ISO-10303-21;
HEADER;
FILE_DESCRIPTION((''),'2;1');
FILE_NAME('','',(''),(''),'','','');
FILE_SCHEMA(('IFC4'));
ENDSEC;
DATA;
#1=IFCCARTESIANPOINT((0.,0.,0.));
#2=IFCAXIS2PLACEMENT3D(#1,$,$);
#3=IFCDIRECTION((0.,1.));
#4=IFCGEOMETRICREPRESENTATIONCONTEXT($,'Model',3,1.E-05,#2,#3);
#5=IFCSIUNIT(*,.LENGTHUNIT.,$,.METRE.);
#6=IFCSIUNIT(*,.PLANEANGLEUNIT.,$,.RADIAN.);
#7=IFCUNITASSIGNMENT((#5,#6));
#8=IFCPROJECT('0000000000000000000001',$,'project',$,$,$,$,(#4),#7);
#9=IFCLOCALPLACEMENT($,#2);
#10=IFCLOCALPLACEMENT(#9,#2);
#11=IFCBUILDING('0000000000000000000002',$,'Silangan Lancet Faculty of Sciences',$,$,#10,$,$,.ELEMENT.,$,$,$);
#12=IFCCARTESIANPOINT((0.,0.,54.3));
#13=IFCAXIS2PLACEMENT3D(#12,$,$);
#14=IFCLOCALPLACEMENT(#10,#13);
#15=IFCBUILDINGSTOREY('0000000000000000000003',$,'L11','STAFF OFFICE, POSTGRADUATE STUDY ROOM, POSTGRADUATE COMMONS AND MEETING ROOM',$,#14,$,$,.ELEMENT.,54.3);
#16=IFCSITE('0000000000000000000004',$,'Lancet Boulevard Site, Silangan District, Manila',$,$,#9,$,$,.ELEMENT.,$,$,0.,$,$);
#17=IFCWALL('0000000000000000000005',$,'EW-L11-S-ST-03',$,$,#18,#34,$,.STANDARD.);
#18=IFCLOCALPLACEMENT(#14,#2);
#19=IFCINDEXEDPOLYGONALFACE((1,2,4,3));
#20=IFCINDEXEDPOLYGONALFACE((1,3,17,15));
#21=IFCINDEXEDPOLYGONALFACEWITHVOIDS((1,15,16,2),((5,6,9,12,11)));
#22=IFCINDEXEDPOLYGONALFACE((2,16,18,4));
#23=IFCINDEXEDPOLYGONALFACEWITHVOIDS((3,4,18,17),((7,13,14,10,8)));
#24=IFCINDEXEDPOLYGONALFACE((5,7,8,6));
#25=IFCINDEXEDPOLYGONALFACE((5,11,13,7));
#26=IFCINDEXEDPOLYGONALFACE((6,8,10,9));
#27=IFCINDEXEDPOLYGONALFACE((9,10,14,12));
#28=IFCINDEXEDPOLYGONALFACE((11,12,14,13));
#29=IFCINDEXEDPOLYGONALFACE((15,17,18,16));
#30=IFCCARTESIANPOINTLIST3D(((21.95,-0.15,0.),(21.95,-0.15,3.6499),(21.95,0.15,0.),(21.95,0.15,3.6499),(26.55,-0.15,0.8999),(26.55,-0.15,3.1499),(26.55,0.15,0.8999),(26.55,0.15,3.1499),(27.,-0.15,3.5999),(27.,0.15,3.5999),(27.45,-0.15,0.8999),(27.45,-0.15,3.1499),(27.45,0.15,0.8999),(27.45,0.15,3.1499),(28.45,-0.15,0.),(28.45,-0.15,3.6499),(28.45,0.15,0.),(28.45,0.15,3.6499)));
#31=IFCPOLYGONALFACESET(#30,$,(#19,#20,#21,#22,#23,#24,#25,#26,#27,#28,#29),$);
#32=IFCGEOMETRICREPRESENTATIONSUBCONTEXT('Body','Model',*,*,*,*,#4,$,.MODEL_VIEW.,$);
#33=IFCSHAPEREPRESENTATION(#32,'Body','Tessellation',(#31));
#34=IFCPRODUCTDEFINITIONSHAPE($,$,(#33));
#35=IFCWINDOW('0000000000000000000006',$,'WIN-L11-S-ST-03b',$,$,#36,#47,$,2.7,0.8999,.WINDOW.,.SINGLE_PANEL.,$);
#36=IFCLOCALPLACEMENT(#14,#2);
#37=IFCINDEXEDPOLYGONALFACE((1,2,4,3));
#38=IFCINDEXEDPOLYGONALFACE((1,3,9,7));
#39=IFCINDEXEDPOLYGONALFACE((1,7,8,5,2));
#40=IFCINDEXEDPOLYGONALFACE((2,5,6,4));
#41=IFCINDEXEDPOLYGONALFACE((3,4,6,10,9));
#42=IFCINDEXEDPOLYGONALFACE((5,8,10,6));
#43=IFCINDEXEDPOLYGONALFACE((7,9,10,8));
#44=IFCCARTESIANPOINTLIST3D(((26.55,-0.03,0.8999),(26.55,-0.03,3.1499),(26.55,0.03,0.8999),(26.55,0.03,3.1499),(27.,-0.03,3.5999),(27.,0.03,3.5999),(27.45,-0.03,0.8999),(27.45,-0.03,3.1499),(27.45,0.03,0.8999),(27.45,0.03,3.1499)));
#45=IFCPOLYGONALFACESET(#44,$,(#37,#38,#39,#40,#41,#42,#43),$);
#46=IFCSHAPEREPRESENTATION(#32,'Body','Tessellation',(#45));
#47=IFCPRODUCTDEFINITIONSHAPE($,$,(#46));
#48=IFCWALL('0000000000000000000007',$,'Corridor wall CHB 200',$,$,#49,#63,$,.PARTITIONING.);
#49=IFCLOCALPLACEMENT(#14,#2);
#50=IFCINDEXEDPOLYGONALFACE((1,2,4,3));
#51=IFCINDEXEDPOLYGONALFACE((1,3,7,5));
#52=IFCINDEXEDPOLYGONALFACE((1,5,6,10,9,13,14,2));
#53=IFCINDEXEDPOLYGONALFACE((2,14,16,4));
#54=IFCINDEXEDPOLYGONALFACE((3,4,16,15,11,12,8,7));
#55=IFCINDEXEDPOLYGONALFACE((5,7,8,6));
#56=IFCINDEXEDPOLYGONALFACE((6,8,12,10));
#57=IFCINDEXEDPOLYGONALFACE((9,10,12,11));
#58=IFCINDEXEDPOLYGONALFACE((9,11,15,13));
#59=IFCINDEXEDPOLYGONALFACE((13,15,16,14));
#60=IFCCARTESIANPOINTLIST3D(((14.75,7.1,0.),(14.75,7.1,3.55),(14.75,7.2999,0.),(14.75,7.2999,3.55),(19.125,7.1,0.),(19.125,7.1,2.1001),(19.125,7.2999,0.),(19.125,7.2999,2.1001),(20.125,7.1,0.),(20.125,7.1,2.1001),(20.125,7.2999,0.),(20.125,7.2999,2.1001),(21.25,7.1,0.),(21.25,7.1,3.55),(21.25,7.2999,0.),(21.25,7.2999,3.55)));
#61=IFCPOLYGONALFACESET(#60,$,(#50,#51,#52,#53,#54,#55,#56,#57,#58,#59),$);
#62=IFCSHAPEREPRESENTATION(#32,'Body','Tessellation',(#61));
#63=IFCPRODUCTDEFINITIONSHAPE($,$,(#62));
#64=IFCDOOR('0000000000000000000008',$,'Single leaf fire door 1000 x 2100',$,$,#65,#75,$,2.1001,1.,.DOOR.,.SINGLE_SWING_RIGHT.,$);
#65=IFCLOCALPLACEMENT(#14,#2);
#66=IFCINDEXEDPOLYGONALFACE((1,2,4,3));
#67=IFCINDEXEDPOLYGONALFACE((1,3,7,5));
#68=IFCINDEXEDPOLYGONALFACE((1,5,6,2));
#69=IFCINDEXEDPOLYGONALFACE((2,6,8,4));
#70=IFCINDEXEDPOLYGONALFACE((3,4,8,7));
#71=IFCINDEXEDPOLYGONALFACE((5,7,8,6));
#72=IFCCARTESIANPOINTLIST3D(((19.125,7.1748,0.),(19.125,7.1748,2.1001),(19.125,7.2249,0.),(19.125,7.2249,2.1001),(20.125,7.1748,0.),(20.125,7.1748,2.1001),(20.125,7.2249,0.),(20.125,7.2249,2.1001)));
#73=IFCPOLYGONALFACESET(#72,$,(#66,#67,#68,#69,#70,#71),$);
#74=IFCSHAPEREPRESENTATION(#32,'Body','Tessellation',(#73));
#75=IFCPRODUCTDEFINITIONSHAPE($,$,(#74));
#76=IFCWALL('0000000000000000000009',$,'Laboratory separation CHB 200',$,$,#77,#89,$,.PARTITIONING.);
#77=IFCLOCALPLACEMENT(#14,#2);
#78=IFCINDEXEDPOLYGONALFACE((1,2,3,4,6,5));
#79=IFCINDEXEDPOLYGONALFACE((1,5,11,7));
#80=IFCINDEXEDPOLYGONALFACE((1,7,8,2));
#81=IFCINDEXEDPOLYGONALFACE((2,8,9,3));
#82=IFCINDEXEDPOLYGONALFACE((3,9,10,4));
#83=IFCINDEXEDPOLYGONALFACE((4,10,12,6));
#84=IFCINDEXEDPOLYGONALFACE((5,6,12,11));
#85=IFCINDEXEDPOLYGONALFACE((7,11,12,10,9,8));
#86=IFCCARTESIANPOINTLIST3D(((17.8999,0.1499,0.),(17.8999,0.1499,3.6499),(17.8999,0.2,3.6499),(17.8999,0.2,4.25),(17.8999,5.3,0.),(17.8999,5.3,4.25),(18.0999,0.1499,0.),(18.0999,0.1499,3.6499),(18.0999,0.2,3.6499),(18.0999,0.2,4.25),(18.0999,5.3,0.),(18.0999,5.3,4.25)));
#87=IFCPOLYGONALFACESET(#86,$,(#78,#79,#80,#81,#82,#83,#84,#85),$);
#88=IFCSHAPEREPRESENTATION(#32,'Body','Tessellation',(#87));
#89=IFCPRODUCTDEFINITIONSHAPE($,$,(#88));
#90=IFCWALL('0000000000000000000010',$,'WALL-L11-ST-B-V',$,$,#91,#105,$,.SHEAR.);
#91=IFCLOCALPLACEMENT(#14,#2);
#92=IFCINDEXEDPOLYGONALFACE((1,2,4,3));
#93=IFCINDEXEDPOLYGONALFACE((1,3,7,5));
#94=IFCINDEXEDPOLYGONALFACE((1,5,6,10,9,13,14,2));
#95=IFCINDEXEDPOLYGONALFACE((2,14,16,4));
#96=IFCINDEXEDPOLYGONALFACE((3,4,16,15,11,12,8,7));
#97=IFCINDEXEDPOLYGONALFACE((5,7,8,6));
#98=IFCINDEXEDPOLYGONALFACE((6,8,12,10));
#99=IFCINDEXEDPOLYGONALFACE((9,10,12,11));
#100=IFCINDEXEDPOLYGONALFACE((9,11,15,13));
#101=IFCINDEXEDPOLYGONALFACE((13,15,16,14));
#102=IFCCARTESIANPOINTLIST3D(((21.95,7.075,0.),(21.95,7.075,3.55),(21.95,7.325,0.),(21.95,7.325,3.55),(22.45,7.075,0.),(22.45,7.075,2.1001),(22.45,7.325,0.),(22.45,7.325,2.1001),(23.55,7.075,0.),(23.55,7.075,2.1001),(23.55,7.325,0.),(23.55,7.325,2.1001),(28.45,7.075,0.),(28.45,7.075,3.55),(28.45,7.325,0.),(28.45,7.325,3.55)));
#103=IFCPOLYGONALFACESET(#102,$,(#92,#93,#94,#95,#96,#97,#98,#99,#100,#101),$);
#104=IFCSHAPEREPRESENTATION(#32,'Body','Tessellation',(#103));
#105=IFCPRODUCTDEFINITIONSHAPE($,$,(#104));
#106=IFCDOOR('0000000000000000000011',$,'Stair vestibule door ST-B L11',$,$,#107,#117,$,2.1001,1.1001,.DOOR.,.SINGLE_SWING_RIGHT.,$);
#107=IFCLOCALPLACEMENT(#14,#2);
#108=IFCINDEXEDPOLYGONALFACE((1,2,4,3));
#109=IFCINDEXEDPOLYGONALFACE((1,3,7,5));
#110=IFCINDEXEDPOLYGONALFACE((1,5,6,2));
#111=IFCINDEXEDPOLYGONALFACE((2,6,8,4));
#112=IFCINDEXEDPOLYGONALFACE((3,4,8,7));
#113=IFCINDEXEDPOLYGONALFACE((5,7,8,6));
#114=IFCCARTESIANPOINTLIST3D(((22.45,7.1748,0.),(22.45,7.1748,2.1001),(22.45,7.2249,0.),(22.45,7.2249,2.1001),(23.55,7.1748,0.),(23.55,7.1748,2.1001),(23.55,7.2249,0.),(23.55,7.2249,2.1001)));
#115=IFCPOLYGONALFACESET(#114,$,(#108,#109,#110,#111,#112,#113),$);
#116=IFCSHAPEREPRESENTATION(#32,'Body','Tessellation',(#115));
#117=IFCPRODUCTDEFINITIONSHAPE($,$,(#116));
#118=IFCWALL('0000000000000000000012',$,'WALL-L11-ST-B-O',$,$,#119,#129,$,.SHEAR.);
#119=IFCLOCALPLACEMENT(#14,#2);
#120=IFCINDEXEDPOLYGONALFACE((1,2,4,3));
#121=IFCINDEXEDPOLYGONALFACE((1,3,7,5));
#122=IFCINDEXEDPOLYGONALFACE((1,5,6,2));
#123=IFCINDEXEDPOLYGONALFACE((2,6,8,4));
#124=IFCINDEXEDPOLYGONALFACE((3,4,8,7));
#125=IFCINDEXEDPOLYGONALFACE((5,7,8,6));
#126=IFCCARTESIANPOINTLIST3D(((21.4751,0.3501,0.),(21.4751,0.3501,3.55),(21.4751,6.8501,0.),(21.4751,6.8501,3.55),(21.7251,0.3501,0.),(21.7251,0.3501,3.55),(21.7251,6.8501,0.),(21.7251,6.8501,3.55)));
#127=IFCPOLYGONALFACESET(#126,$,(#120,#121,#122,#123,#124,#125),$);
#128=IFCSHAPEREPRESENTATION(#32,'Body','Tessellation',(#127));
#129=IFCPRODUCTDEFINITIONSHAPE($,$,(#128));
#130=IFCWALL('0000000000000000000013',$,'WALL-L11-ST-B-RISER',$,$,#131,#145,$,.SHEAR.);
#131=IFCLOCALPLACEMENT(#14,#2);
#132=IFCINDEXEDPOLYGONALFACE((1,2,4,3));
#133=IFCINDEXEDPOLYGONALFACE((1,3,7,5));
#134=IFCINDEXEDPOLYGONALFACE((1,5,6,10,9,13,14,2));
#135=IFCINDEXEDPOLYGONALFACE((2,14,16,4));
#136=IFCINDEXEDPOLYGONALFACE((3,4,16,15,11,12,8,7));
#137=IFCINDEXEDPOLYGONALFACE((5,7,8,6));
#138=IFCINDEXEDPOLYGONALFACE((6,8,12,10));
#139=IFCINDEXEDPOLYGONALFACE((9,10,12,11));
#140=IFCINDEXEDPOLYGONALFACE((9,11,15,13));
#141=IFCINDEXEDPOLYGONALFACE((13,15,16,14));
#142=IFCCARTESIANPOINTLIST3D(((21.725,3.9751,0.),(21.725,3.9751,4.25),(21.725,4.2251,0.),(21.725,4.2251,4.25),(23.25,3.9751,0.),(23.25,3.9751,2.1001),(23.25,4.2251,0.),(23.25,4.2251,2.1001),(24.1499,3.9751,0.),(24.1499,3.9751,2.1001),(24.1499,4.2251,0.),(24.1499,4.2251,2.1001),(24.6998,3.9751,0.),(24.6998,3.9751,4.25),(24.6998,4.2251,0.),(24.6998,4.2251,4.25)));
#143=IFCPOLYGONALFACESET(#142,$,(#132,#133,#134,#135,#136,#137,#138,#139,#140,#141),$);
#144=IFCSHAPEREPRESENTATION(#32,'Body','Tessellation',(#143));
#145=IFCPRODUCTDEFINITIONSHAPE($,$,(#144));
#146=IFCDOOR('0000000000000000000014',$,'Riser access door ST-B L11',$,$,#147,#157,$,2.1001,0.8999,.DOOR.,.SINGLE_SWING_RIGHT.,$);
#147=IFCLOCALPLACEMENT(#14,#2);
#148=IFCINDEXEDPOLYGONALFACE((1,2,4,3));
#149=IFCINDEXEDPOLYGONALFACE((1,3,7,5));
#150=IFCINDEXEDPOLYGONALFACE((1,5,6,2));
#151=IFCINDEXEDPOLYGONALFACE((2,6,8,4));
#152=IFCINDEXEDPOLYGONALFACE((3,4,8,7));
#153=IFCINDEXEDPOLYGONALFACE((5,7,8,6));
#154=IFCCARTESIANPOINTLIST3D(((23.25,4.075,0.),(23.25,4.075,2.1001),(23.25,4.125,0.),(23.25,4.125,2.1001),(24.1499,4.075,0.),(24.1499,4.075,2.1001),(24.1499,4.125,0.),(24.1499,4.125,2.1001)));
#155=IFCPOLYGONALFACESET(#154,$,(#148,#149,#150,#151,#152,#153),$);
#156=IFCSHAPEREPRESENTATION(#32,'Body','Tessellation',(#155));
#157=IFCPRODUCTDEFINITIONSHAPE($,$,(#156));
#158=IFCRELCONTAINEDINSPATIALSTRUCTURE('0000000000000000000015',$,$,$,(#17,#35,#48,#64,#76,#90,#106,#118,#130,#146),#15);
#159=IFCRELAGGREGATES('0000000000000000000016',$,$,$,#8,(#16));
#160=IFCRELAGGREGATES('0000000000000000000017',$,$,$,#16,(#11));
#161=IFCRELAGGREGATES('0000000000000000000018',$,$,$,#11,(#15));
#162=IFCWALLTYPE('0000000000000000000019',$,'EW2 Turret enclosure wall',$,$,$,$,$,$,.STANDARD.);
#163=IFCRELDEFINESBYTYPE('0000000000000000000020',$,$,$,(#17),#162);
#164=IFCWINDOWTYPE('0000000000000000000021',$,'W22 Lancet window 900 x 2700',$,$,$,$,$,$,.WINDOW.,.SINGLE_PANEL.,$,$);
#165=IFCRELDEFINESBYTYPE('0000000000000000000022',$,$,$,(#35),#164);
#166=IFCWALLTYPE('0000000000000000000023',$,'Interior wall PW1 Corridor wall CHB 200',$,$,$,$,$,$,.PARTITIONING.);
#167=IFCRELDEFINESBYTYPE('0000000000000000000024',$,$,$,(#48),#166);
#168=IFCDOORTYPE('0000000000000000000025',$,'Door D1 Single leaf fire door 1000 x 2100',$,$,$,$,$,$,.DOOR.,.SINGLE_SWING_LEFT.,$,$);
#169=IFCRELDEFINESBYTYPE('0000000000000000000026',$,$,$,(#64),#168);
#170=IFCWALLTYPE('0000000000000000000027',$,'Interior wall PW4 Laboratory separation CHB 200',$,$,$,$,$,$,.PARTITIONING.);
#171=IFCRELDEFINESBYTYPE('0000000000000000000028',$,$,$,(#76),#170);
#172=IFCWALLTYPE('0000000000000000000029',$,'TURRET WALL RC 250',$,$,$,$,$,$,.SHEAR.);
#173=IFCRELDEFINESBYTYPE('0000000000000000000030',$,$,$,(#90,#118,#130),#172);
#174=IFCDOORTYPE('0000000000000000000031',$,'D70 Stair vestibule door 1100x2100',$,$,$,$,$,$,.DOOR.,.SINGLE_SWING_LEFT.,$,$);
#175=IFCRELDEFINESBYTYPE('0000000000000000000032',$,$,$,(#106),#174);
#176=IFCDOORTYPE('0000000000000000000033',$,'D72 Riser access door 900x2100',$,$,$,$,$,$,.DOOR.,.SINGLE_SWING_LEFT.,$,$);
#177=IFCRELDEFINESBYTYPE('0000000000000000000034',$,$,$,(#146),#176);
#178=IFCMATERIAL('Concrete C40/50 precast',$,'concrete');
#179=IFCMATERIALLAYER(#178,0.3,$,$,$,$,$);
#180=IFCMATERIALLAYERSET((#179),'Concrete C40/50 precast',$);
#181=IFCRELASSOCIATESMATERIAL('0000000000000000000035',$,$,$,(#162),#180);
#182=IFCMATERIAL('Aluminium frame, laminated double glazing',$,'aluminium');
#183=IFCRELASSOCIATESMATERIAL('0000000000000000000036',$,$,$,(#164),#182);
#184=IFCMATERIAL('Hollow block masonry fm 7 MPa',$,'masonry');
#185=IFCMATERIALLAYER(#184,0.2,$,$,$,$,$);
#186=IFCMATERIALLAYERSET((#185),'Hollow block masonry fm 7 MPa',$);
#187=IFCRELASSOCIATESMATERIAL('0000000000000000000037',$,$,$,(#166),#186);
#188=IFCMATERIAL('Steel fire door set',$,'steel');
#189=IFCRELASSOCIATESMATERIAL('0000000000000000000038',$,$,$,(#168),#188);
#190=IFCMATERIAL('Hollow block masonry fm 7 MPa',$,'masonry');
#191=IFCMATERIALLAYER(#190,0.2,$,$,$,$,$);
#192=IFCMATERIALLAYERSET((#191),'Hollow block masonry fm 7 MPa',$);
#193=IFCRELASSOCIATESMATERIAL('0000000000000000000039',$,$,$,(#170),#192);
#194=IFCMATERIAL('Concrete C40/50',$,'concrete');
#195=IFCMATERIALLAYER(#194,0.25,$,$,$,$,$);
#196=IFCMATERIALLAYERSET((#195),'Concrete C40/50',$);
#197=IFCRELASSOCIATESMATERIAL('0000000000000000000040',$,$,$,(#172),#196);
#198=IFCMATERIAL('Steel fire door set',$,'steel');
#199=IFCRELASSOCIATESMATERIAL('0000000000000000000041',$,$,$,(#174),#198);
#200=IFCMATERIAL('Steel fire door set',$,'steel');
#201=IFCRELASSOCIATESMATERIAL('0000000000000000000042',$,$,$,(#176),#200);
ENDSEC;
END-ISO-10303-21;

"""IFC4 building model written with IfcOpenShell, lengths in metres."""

from ifc_helpers import new_model, si_unit, direction, frame, frame_2d, origin, place, context, subcontext, project, spatial, polyline, rectangle, outline, extrude, material, layer, layer_set, type_object, element, fill, save


model = new_model("IFC4")

# Units and contexts
model_context = context("Model", 3, precision=1e-05, world=origin(), true_north=direction((0.0, 1.0)))
body_context = subcontext(model_context, "Body", "Model", "MODEL_VIEW")
ifc_project = project(units=[si_unit("LENGTHUNIT", "METRE"), si_unit("PLANEANGLEUNIT", "RADIAN")], contexts=[model_context])

# Site, building, storey
site_placement = place(None, origin())
site = spatial("IfcSite", under=ifc_project, at=site_placement, Name="Lancet Boulevard Site, Silangan District, Manila", CompositionType="ELEMENT", RefElevation=0.0)
building_placement = place(site_placement, origin())
building = spatial("IfcBuilding", under=site, at=building_placement, Name="Silangan Lancet Faculty of Sciences", CompositionType="ELEMENT")
storey_placement = place(building_placement, frame((0.0, 0.0, 54.3)))
storey = spatial("IfcBuildingStorey", under=building, at=storey_placement, Name="L11", Description="STAFF OFFICE, POSTGRADUATE STUDY ROOM, POSTGRADUATE COMMONS AND MEETING ROOM", CompositionType="ELEMENT", Elevation=54.3)

# Wall, opening, window
ifc_material_1 = material(Name="Concrete C40/50 precast", Category="concrete")
ifc_layer_1 = layer(ifc_material_1, 0.3)
ifc_layer_set_1 = layer_set([ifc_layer_1], Name="Concrete C40/50 precast")
wall_type_1 = type_object("IfcWallType", Name="EW2 Turret enclosure wall", PredefinedType="STANDARD", material=ifc_layer_set_1)
wall_1_placement = place(storey_placement, frame((21.95, 0.0, 0.0), z_axis=(0.0, 0.0, 1.0), x_axis=(1.0, 0.0, 0.0)))
wall_1 = element("IfcWall", 1, at=wall_1_placement, inside=storey, type_object=wall_type_1, Name="EW-L11-S-ST-03", PredefinedType="STANDARD", context=body_context, shape_type="SweptSolid", body=[
    extrude(rectangle(XDim=6.5, YDim=0.3, at=frame_2d((3.25, 0.0))), origin(), (0.0, 0.0, 1.0), 3.6499),
])
opening_1_placement = place(wall_1_placement, frame((4.6001, 0.0, 0.8999)))
opening_1 = element("IfcOpeningElement", 2, at=opening_1_placement, cuts=wall_1, PredefinedType="OPENING", context=body_context, shape_type="SweptSolid", body=[
    extrude(outline(polyline([(0.0, 0.0), (0.8999, 0.0), (0.8999, 2.25), (0.45, 2.7), (0.0, 2.25), (0.0, 0.0)])), frame((0.0, 0.1599, 0.0), z_axis=(0.0, -1.0, 0.0), x_axis=(1.0, 0.0, 0.0)), (0.0, 0.0, 1.0), 0.3201),
])
ifc_material_2 = material(Name="Aluminium frame, laminated double glazing", Category="aluminium")
window_type_1 = type_object("IfcWindowType", Name="W22 Lancet window 900 x 2700", PartitioningType="SINGLE_PANEL", PredefinedType="WINDOW", material=ifc_material_2)
window_1_placement = place(opening_1_placement, origin())
window_1 = element("IfcWindow", 3, at=window_1_placement, inside=storey, type_object=window_type_1, Name="WIN-L11-S-ST-03b", OverallHeight=2.7, OverallWidth=0.8999, PartitioningType="SINGLE_PANEL", PredefinedType="WINDOW", context=body_context, shape_type="SweptSolid", body=[
    extrude(outline(polyline([(0.0, 0.0), (0.8999, 0.0), (0.8999, 2.25), (0.45, 2.7), (0.0, 2.25), (0.0, 0.0)])), frame((0.0, 0.03, 0.0), z_axis=(0.0, -1.0, 0.0), x_axis=(1.0, 0.0, 0.0)), (0.0, 0.0, 1.0), 0.0601),
])
fill(opening_1, window_1)

# Wall, opening, door
ifc_material_3 = material(Name="Hollow block masonry fm 7 MPa", Category="masonry")
ifc_layer_2 = layer(ifc_material_3, 0.2)
ifc_layer_set_2 = layer_set([ifc_layer_2], Name="Hollow block masonry fm 7 MPa")
wall_type_2 = type_object("IfcWallType", Name="Interior wall PW1 Corridor wall CHB 200", PredefinedType="PARTITIONING", material=ifc_layer_set_2)
wall_2_placement = place(storey_placement, frame((14.75, 7.2, 0.0), z_axis=(0.0, 0.0, 1.0), x_axis=(1.0, 0.0, 0.0)))
wall_2 = element("IfcWall", 4, at=wall_2_placement, inside=storey, type_object=wall_type_2, Name="Corridor wall CHB 200", PredefinedType="PARTITIONING", context=body_context, shape_type="SweptSolid", body=[
    extrude(rectangle(XDim=6.5, YDim=0.2, at=frame_2d((3.25, 0.0))), origin(), (0.0, 0.0, 1.0), 3.55),
])
opening_2_placement = place(wall_2_placement, frame((4.375, 0.0, 0.0)))
opening_2 = element("IfcOpeningElement", 5, at=opening_2_placement, cuts=wall_2, PredefinedType="OPENING", context=body_context, shape_type="SweptSolid", body=[
    extrude(rectangle(XDim=1.0, YDim=2.1001, at=frame_2d((0.5, 1.05))), frame((0.0, 0.1099, 0.0), z_axis=(0.0, -1.0, 0.0), x_axis=(1.0, 0.0, 0.0)), (0.0, 0.0, 1.0), 0.22),
])
ifc_material_4 = material(Name="Steel fire door set", Category="steel")
door_type_1 = type_object("IfcDoorType", Name="Door D1 Single leaf fire door 1000 x 2100", OperationType="SINGLE_SWING_LEFT", PredefinedType="DOOR", material=ifc_material_4)
door_1_placement = place(opening_2_placement, frame((1.0, 0.0, 0.0), z_axis=(0.0, 0.0, 1.0), x_axis=(-1.0, 0.0, 0.0)))
door_1 = element("IfcDoor", 6, at=door_1_placement, inside=storey, type_object=door_type_1, Name="Single leaf fire door 1000 x 2100", OperationType="SINGLE_SWING_RIGHT", OverallHeight=2.1001, OverallWidth=1.0, PredefinedType="DOOR", context=body_context, shape_type="SweptSolid", body=[
    extrude(rectangle(XDim=1.0, YDim=2.1001, at=frame_2d((0.5, 1.05))), frame((0.0, 0.0251, 0.0), z_axis=(0.0, -1.0, 0.0), x_axis=(1.0, 0.0, 0.0)), (0.0, 0.0, 1.0), 0.05),
])
fill(opening_2, door_1)

# Wall
ifc_material_5 = material(Name="Hollow block masonry fm 7 MPa", Category="masonry")
ifc_layer_3 = layer(ifc_material_5, 0.2)
ifc_layer_set_3 = layer_set([ifc_layer_3], Name="Hollow block masonry fm 7 MPa")
wall_type_3 = type_object("IfcWallType", Name="Interior wall PW4 Laboratory separation CHB 200", PredefinedType="PARTITIONING", material=ifc_layer_set_3)
wall_3_placement = place(storey_placement, frame((18.0, 0.1499, 0.0), z_axis=(0.0, 0.0, 1.0), x_axis=(0.0, 1.0, 0.0)))
element("IfcWall", 7, at=wall_3_placement, inside=storey, type_object=wall_type_3, Name="Laboratory separation CHB 200", PredefinedType="PARTITIONING", context=body_context, shape_type="SweptSolid", body=[
    extrude(outline(polyline([(0.0, 0.0), (5.1501, 0.0), (5.1501, 4.25), (0.05, 4.25), (0.05, 3.6499), (0.0, 3.6499), (0.0, 0.0)])), frame((0.0, 0.1001, 0.0), z_axis=(0.0, -1.0, 0.0), x_axis=(1.0, 0.0, 0.0)), (0.0, 0.0, 1.0), 0.2),
])

# Wall, opening, door
ifc_material_6 = material(Name="Concrete C40/50", Category="concrete")
ifc_layer_4 = layer(ifc_material_6, 0.25)
ifc_layer_set_4 = layer_set([ifc_layer_4], Name="Concrete C40/50")
wall_type_4 = type_object("IfcWallType", Name="TURRET WALL RC 250", PredefinedType="SHEAR", material=ifc_layer_set_4)
wall_4_placement = place(storey_placement, frame((21.95, 7.2, 0.0), z_axis=(0.0, 0.0, 1.0), x_axis=(1.0, 0.0, 0.0)))
wall_4 = element("IfcWall", 8, at=wall_4_placement, inside=storey, type_object=wall_type_4, Name="WALL-L11-ST-B-V", PredefinedType="SHEAR", context=body_context, shape_type="SweptSolid", body=[
    extrude(rectangle(XDim=6.5, YDim=0.25, at=frame_2d((3.25, 0.0))), origin(), (0.0, 0.0, 1.0), 3.55),
])
opening_3_placement = place(wall_4_placement, frame((0.5, 0.0, 0.0)))
opening_3 = element("IfcOpeningElement", 9, at=opening_3_placement, cuts=wall_4, PredefinedType="OPENING", context=body_context, shape_type="SweptSolid", body=[
    extrude(rectangle(XDim=1.1001, YDim=2.1001, at=frame_2d((0.55, 1.05))), frame((0.0, 0.135, 0.0), z_axis=(0.0, -1.0, 0.0), x_axis=(1.0, 0.0, 0.0)), (0.0, 0.0, 1.0), 0.27),
])
ifc_material_7 = material(Name="Steel fire door set", Category="steel")
door_type_2 = type_object("IfcDoorType", Name="D70 Stair vestibule door 1100x2100", OperationType="SINGLE_SWING_LEFT", PredefinedType="DOOR", material=ifc_material_7)
door_2_placement = place(opening_3_placement, frame((1.1001, 0.0, 0.0), z_axis=(0.0, 0.0, 1.0), x_axis=(-1.0, 0.0, 0.0)))
door_2 = element("IfcDoor", 10, at=door_2_placement, inside=storey, type_object=door_type_2, Name="Stair vestibule door ST-B L11", OperationType="SINGLE_SWING_RIGHT", OverallHeight=2.1001, OverallWidth=1.1001, PredefinedType="DOOR", context=body_context, shape_type="SweptSolid", body=[
    extrude(rectangle(XDim=1.1001, YDim=2.1001, at=frame_2d((0.55, 1.05))), frame((0.0, 0.0251, 0.0), z_axis=(0.0, -1.0, 0.0), x_axis=(1.0, 0.0, 0.0)), (0.0, 0.0, 1.0), 0.05),
])
fill(opening_3, door_2)

# Wall
wall_5_placement = place(storey_placement, frame((21.6001, 0.3501, 0.0), z_axis=(0.0, 0.0, 1.0), x_axis=(0.0, 1.0, 0.0)))
element("IfcWall", 11, at=wall_5_placement, inside=storey, type_object=wall_type_4, Name="WALL-L11-ST-B-O", PredefinedType="SHEAR", context=body_context, shape_type="SweptSolid", body=[
    extrude(rectangle(XDim=6.5, YDim=0.25, at=frame_2d((3.25, 0.0))), origin(), (0.0, 0.0, 1.0), 3.55),
])

# Wall, opening, door
wall_6_placement = place(storey_placement, frame((21.7251, 4.1001, 0.0), z_axis=(0.0, 0.0, 1.0), x_axis=(1.0, 0.0, 0.0)))
wall_6 = element("IfcWall", 12, at=wall_6_placement, inside=storey, type_object=wall_type_4, Name="WALL-L11-ST-B-RISER", PredefinedType="SHEAR", context=body_context, shape_type="SweptSolid", body=[
    extrude(rectangle(XDim=2.9749, YDim=0.25, at=frame_2d((1.4873, 0.0))), origin(), (0.0, 0.0, 1.0), 4.25),
])
opening_4_placement = place(wall_6_placement, frame((1.5249, 0.0, 0.0)))
opening_4 = element("IfcOpeningElement", 13, at=opening_4_placement, cuts=wall_6, PredefinedType="OPENING", context=body_context, shape_type="SweptSolid", body=[
    extrude(rectangle(XDim=0.8999, YDim=2.1001, at=frame_2d((0.45, 1.05))), frame((0.0, 0.135, 0.0), z_axis=(0.0, -1.0, 0.0), x_axis=(1.0, 0.0, 0.0)), (0.0, 0.0, 1.0), 0.27),
])
ifc_material_8 = material(Name="Steel fire door set", Category="steel")
door_type_3 = type_object("IfcDoorType", Name="D72 Riser access door 900x2100", OperationType="SINGLE_SWING_LEFT", PredefinedType="DOOR", material=ifc_material_8)
door_3_placement = place(opening_4_placement, frame((0.8999, 0.0, 0.0), z_axis=(0.0, 0.0, 1.0), x_axis=(-1.0, 0.0, 0.0)))
door_3 = element("IfcDoor", 14, at=door_3_placement, inside=storey, type_object=door_type_3, Name="Riser access door ST-B L11", OperationType="SINGLE_SWING_RIGHT", OverallHeight=2.1001, OverallWidth=0.8999, PredefinedType="DOOR", context=body_context, shape_type="SweptSolid", body=[
    extrude(rectangle(XDim=0.8999, YDim=2.1001, at=frame_2d((0.45, 1.05))), frame((0.0, 0.0251, 0.0), z_axis=(0.0, -1.0, 0.0), x_axis=(1.0, 0.0, 0.0)), (0.0, 0.0, 1.0), 0.05),
])
fill(opening_4, door_3)

save(model, "model.ifc")
